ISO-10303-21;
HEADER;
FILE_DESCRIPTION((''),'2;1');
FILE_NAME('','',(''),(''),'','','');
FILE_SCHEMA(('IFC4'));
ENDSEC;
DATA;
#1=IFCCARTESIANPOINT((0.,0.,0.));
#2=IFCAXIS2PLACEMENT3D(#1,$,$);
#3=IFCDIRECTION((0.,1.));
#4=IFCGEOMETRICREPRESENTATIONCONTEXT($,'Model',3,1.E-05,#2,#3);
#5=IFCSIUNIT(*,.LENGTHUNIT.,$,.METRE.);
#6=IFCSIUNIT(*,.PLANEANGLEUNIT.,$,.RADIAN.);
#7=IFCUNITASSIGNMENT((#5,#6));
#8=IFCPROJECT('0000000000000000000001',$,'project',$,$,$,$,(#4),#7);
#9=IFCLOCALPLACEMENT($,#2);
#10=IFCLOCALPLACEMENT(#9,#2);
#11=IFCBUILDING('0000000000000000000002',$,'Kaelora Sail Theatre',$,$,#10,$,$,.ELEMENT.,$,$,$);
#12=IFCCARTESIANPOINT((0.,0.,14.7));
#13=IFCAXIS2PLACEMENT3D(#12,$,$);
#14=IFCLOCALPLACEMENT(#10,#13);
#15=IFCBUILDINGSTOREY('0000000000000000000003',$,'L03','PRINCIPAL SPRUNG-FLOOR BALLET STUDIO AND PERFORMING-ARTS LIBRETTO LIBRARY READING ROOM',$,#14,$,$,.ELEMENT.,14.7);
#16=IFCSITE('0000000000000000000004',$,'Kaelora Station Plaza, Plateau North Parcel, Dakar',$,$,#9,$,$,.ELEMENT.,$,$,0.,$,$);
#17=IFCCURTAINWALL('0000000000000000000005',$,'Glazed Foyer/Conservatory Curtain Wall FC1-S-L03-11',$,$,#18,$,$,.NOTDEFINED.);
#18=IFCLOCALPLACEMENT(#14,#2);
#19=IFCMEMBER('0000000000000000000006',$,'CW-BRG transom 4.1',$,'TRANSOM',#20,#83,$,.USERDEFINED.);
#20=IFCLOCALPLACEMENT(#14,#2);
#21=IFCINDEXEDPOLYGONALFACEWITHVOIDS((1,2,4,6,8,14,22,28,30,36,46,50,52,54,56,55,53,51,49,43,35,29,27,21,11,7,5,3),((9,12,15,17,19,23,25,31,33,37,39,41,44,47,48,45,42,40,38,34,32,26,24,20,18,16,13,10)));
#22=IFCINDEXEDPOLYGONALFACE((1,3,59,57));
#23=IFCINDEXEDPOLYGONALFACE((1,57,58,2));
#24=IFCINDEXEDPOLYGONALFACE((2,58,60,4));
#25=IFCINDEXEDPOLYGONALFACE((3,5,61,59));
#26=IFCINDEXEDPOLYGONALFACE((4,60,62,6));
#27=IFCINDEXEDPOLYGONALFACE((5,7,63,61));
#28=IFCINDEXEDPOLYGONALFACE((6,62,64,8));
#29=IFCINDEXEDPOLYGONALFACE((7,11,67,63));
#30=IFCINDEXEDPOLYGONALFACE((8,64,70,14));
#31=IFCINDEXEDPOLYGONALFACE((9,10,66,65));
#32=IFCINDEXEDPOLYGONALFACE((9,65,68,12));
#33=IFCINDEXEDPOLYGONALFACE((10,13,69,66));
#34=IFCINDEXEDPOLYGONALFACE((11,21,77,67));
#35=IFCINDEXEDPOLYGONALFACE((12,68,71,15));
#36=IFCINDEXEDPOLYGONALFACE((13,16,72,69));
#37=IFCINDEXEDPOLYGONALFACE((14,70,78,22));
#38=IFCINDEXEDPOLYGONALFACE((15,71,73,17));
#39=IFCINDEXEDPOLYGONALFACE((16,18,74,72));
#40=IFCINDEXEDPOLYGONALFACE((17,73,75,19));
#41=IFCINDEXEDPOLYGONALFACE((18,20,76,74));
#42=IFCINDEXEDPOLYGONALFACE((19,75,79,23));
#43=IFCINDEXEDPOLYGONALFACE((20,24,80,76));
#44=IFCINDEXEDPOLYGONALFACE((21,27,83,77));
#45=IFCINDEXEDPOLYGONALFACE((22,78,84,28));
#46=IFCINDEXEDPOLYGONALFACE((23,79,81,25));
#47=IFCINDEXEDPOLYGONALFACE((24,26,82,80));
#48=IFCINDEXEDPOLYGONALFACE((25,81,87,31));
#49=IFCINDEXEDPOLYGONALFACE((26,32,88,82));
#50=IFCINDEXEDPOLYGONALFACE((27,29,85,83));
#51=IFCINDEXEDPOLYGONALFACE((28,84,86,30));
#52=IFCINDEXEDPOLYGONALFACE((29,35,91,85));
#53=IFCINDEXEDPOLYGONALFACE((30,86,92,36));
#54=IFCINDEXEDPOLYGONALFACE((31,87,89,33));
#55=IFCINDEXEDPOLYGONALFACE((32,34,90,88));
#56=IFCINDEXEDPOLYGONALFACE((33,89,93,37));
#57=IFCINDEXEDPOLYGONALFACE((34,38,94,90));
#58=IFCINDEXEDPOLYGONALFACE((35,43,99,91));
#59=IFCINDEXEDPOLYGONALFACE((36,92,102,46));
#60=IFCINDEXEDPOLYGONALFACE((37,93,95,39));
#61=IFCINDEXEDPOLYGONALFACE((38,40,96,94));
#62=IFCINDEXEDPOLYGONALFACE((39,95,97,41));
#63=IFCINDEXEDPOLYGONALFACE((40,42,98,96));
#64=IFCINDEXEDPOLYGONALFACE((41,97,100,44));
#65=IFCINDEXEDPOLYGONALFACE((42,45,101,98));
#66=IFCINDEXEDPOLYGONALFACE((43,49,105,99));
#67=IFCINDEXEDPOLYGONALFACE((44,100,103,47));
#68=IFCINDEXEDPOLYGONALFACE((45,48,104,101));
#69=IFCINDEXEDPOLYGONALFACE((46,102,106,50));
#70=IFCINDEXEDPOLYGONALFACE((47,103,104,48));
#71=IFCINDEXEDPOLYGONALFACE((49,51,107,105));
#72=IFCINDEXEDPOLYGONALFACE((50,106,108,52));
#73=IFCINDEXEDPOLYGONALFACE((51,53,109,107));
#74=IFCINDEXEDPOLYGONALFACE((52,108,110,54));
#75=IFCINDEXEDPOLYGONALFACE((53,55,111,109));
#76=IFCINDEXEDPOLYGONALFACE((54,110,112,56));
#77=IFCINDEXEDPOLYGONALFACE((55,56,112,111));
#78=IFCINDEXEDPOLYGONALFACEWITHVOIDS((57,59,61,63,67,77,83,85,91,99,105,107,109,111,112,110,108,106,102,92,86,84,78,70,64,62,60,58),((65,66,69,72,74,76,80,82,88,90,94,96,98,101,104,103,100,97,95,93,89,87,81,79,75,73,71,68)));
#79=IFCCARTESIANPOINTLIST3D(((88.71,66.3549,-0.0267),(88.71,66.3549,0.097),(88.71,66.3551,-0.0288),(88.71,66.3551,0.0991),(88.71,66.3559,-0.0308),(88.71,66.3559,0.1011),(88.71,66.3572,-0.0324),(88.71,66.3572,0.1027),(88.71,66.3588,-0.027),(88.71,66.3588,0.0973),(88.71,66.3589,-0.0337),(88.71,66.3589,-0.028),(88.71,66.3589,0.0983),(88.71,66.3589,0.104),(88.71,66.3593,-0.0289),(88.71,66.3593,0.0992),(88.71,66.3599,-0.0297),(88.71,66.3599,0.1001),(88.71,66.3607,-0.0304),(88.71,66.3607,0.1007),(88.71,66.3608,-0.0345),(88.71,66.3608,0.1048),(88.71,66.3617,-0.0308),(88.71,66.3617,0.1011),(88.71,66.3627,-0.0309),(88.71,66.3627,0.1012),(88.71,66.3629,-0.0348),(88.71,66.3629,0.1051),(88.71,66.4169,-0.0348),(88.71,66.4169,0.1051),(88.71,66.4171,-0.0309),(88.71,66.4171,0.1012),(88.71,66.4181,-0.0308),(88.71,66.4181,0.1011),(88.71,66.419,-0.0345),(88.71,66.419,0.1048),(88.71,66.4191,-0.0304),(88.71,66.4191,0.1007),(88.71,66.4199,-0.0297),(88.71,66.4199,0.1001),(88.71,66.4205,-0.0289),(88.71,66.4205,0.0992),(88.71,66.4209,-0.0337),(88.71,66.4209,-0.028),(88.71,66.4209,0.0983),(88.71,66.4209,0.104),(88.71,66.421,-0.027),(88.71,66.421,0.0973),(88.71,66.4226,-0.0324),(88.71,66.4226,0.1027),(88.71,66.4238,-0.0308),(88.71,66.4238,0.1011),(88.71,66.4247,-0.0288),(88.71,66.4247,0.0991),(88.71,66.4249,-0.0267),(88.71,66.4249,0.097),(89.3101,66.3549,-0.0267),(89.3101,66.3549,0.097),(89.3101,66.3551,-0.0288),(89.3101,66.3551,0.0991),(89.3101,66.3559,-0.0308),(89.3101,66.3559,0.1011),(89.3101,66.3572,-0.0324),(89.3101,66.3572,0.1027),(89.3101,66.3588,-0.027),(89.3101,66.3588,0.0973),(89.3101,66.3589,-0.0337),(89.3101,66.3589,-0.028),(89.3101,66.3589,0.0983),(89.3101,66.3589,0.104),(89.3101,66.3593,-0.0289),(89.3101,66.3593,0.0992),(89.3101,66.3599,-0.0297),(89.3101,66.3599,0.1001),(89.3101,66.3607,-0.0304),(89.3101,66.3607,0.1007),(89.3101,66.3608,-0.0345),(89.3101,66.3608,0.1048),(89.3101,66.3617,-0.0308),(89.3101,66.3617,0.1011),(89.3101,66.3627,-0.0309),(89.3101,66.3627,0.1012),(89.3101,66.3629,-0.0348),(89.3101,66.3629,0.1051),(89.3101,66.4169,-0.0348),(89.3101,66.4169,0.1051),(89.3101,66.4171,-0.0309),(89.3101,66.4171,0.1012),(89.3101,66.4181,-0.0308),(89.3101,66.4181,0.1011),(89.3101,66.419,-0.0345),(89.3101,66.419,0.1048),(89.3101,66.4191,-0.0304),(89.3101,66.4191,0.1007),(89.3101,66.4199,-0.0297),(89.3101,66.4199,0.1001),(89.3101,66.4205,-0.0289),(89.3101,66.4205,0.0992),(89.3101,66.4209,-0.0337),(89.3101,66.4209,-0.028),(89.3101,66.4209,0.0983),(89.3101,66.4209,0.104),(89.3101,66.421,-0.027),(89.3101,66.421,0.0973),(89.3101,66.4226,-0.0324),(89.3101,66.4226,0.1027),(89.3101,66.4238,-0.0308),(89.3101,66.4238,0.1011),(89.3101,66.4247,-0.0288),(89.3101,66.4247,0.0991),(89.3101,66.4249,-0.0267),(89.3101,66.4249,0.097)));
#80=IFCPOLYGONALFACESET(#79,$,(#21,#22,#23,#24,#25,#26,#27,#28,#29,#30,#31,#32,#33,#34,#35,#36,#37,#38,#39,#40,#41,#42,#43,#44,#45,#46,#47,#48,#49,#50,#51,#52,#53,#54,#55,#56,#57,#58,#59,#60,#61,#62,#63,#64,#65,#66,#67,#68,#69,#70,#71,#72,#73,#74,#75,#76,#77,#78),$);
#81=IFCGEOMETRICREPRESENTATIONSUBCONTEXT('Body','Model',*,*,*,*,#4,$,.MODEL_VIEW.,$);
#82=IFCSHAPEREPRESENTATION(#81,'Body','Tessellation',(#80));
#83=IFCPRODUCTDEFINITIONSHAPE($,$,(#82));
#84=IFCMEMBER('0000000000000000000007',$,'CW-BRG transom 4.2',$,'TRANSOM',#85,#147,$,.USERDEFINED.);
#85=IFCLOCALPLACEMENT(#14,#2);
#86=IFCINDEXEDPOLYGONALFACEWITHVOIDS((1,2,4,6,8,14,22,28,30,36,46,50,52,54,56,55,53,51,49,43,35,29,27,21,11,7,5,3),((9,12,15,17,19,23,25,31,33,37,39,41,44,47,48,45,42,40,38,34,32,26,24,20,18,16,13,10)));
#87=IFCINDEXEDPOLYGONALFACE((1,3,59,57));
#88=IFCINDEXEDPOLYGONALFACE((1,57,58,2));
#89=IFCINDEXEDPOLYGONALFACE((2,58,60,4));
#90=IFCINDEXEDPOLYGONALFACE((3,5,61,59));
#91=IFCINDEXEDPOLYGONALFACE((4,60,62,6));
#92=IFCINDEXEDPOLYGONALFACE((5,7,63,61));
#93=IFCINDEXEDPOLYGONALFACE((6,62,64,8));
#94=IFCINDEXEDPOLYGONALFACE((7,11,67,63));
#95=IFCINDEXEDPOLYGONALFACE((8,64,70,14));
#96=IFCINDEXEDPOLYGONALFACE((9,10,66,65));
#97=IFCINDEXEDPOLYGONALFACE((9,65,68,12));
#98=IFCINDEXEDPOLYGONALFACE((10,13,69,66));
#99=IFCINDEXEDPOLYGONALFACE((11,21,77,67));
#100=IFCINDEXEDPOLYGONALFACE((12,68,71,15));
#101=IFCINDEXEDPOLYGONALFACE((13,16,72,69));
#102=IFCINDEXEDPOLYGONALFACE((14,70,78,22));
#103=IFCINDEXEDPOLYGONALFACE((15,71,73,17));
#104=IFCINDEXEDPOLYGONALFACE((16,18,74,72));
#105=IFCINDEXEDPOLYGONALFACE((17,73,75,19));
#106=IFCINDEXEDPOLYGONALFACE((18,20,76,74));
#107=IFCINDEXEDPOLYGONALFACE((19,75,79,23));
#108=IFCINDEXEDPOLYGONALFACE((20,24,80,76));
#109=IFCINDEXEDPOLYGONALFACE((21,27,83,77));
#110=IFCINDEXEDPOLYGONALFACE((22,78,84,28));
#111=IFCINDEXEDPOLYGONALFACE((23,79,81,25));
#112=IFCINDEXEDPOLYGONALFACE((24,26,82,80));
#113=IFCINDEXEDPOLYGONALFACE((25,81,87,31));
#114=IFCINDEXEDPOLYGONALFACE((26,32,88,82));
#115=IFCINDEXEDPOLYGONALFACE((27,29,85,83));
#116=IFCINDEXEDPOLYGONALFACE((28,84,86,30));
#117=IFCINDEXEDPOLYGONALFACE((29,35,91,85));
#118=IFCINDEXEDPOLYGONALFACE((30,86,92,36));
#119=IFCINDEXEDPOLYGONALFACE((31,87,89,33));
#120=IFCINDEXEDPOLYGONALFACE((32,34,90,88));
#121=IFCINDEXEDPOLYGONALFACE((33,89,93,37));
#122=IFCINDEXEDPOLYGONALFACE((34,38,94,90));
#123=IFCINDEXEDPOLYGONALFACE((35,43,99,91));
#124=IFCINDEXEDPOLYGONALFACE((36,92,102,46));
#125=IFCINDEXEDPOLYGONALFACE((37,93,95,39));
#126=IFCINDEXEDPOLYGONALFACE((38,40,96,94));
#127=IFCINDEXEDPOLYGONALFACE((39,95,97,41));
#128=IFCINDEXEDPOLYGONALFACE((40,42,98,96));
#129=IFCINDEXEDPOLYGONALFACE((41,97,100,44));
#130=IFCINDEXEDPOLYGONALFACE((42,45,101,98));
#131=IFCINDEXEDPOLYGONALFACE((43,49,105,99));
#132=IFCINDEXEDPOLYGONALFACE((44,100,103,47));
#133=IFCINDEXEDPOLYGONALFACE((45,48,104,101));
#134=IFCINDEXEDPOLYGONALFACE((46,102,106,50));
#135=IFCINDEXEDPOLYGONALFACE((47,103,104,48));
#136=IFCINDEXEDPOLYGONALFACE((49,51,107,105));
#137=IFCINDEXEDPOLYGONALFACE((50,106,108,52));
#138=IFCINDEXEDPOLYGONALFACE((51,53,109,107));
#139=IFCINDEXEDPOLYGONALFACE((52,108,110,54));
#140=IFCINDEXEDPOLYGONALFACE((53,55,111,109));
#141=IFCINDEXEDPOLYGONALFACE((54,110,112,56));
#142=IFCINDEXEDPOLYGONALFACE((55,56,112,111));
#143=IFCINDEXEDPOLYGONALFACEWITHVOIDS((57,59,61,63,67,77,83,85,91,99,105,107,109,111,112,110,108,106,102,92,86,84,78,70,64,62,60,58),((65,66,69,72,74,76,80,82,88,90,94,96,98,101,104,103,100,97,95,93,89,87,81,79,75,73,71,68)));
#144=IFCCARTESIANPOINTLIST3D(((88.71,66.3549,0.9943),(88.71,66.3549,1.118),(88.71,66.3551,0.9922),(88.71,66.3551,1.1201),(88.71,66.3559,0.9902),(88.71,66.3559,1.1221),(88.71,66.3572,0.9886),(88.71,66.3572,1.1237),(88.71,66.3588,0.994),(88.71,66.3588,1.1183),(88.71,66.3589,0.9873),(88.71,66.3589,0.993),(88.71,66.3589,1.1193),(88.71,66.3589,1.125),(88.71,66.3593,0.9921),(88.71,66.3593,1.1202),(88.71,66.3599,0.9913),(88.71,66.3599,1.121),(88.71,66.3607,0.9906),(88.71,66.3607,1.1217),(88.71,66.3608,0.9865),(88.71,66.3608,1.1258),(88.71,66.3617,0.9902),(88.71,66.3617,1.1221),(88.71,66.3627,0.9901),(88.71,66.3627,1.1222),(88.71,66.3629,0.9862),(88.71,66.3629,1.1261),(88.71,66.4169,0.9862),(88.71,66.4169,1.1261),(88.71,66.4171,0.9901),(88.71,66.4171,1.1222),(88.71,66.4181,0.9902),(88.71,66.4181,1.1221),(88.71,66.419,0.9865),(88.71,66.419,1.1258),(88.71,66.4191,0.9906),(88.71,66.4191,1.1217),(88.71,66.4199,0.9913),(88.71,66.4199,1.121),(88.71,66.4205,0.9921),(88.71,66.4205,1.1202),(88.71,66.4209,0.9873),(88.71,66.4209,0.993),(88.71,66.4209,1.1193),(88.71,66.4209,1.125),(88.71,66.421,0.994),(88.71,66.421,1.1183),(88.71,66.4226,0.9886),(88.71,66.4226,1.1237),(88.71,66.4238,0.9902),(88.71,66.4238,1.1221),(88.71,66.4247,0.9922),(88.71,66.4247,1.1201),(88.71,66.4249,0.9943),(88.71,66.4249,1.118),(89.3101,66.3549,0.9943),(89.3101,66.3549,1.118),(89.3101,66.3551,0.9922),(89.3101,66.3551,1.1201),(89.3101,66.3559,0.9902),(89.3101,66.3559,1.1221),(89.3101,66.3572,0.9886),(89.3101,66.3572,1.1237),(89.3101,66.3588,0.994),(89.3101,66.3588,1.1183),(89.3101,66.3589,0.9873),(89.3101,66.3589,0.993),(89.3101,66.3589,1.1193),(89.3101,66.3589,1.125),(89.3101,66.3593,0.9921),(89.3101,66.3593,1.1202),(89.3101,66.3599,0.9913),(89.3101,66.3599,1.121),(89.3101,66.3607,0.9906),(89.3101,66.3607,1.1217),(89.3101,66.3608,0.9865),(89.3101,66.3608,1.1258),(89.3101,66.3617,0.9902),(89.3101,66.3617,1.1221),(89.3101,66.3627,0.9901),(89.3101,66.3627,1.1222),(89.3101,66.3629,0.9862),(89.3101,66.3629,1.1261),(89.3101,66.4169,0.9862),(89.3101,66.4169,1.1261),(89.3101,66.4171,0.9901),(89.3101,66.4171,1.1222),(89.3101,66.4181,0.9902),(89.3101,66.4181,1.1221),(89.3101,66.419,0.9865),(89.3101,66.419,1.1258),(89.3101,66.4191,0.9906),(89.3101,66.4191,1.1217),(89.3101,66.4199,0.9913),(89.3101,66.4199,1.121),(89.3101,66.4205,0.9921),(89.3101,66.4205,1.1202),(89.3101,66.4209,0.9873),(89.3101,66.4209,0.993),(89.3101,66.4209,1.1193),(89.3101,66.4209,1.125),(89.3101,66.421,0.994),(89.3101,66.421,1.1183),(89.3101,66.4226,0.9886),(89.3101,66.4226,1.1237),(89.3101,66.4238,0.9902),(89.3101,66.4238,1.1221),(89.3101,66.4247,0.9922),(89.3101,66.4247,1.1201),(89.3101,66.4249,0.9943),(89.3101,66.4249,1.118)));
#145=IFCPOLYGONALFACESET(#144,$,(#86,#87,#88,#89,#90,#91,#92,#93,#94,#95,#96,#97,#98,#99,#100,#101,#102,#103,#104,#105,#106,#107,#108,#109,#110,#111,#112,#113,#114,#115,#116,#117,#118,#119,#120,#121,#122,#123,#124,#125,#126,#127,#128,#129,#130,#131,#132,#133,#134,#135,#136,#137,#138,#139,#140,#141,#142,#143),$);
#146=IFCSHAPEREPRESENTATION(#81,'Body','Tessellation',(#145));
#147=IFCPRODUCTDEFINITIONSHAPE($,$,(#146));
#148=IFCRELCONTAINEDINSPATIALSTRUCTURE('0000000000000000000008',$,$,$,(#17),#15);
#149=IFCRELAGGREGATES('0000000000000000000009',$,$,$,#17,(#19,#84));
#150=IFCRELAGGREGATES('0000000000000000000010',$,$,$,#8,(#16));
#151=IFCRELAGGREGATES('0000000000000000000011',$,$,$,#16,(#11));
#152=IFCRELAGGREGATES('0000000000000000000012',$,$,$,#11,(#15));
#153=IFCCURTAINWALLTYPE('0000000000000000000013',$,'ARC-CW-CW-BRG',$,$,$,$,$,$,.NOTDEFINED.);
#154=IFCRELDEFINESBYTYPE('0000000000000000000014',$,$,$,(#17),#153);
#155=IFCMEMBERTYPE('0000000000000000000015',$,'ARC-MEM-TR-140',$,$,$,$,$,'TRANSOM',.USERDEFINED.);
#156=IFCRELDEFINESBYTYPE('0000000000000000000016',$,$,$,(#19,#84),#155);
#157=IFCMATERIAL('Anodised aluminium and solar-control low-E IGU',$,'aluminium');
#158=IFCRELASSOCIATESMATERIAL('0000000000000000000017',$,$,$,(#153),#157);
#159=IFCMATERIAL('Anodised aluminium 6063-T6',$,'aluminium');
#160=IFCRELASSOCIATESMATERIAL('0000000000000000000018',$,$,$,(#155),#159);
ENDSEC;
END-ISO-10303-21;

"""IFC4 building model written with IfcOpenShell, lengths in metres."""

from ifc_helpers import new_model, si_unit, direction, frame, origin, origin_2d, place, context, subcontext, project, spatial, hollow_rectangle, extrude, material, material_profile, profile_set, type_object, element, aggregate, save


model = new_model("IFC4")

# Units and contexts
model_context = context("Model", 3, precision=1e-05, world=origin(), true_north=direction((0.0, 1.0)))
body_context = subcontext(model_context, "Body", "Model", "MODEL_VIEW")
ifc_project = project(units=[si_unit("LENGTHUNIT", "METRE"), si_unit("PLANEANGLEUNIT", "RADIAN")], contexts=[model_context])

# Site, building, storey
site_placement = place(None, origin())
site = spatial("IfcSite", under=ifc_project, at=site_placement, Name="Kaelora Station Plaza, Plateau North Parcel, Dakar", CompositionType="ELEMENT", RefElevation=0.0)
building_placement = place(site_placement, origin())
building = spatial("IfcBuilding", under=site, at=building_placement, Name="Kaelora Sail Theatre", CompositionType="ELEMENT")
storey_placement = place(building_placement, frame((0.0, 0.0, 14.7)))
storey = spatial("IfcBuildingStorey", under=building, at=storey_placement, Name="L03", Description="PRINCIPAL SPRUNG-FLOOR BALLET STUDIO AND PERFORMING-ARTS LIBRETTO LIBRARY READING ROOM", CompositionType="ELEMENT", Elevation=14.7)

# Curtain wall, members
ifc_material_1 = material(Name="Anodised aluminium and solar-control low-E IGU", Category="aluminium")
curtain_wall_type = type_object("IfcCurtainWallType", Name="ARC-CW-CW-BRG", PredefinedType="NOTDEFINED", material=ifc_material_1)
curtain_wall_placement = place(storey_placement, origin())
curtain_wall = element("IfcCurtainWall", 1, at=curtain_wall_placement, inside=storey, type_object=curtain_wall_type, Name="Glazed Foyer/Conservatory Curtain Wall FC1-S-L03-11", PredefinedType="NOTDEFINED")
ifc_material_2 = material(Name="Anodised aluminium 6063-T6", Category="aluminium")
ifc_material_profile_1 = material_profile(ifc_material_2, hollow_rectangle(XDim=0.0701, YDim=0.1399, WallThickness=0.0039, InnerFilletRadius=0.0039, OuterFilletRadius=0.0081, at=origin_2d()), Name="ALU-TRAN 70x140x4")
ifc_profile_set_1 = profile_set([ifc_material_profile_1], Name="Anodised aluminium 6063-T6")
member_type_1 = type_object("IfcMemberType", Name="ARC-MEM-TR-140", ElementType="TRANSOM", PredefinedType="USERDEFINED", material=ifc_profile_set_1)
member_1_placement = place(storey_placement, frame((88.71, 66.3899, 0.0352), z_axis=(1.0, 0.0, 0.0), x_axis=(0.0, 1.0, 0.0)))
member_1 = element("IfcMember", 2, at=member_1_placement, type_object=member_type_1, Name="CW-BRG transom 4.1", ObjectType="TRANSOM", PredefinedType="USERDEFINED", context=body_context, shape_type="SweptSolid", body=[
    extrude(hollow_rectangle(XDim=0.0701, YDim=0.1399, WallThickness=0.0039, InnerFilletRadius=0.0039, OuterFilletRadius=0.0081, at=origin_2d()), origin(), (0.0, 0.0, 1.0), 0.6001),
])
member_2_placement = place(storey_placement, frame((88.71, 66.3899, 1.0562), z_axis=(1.0, 0.0, 0.0), x_axis=(0.0, 1.0, 0.0)))
member_2 = element("IfcMember", 3, at=member_2_placement, type_object=member_type_1, Name="CW-BRG transom 4.2", ObjectType="TRANSOM", PredefinedType="USERDEFINED", context=body_context, shape_type="SweptSolid", body=[
    extrude(hollow_rectangle(XDim=0.0701, YDim=0.1399, WallThickness=0.0039, InnerFilletRadius=0.0039, OuterFilletRadius=0.0081, at=origin_2d()), origin(), (0.0, 0.0, 1.0), 0.6001),
])
aggregate(curtain_wall, [member_1, member_2])

save(model, "model.ifc")
